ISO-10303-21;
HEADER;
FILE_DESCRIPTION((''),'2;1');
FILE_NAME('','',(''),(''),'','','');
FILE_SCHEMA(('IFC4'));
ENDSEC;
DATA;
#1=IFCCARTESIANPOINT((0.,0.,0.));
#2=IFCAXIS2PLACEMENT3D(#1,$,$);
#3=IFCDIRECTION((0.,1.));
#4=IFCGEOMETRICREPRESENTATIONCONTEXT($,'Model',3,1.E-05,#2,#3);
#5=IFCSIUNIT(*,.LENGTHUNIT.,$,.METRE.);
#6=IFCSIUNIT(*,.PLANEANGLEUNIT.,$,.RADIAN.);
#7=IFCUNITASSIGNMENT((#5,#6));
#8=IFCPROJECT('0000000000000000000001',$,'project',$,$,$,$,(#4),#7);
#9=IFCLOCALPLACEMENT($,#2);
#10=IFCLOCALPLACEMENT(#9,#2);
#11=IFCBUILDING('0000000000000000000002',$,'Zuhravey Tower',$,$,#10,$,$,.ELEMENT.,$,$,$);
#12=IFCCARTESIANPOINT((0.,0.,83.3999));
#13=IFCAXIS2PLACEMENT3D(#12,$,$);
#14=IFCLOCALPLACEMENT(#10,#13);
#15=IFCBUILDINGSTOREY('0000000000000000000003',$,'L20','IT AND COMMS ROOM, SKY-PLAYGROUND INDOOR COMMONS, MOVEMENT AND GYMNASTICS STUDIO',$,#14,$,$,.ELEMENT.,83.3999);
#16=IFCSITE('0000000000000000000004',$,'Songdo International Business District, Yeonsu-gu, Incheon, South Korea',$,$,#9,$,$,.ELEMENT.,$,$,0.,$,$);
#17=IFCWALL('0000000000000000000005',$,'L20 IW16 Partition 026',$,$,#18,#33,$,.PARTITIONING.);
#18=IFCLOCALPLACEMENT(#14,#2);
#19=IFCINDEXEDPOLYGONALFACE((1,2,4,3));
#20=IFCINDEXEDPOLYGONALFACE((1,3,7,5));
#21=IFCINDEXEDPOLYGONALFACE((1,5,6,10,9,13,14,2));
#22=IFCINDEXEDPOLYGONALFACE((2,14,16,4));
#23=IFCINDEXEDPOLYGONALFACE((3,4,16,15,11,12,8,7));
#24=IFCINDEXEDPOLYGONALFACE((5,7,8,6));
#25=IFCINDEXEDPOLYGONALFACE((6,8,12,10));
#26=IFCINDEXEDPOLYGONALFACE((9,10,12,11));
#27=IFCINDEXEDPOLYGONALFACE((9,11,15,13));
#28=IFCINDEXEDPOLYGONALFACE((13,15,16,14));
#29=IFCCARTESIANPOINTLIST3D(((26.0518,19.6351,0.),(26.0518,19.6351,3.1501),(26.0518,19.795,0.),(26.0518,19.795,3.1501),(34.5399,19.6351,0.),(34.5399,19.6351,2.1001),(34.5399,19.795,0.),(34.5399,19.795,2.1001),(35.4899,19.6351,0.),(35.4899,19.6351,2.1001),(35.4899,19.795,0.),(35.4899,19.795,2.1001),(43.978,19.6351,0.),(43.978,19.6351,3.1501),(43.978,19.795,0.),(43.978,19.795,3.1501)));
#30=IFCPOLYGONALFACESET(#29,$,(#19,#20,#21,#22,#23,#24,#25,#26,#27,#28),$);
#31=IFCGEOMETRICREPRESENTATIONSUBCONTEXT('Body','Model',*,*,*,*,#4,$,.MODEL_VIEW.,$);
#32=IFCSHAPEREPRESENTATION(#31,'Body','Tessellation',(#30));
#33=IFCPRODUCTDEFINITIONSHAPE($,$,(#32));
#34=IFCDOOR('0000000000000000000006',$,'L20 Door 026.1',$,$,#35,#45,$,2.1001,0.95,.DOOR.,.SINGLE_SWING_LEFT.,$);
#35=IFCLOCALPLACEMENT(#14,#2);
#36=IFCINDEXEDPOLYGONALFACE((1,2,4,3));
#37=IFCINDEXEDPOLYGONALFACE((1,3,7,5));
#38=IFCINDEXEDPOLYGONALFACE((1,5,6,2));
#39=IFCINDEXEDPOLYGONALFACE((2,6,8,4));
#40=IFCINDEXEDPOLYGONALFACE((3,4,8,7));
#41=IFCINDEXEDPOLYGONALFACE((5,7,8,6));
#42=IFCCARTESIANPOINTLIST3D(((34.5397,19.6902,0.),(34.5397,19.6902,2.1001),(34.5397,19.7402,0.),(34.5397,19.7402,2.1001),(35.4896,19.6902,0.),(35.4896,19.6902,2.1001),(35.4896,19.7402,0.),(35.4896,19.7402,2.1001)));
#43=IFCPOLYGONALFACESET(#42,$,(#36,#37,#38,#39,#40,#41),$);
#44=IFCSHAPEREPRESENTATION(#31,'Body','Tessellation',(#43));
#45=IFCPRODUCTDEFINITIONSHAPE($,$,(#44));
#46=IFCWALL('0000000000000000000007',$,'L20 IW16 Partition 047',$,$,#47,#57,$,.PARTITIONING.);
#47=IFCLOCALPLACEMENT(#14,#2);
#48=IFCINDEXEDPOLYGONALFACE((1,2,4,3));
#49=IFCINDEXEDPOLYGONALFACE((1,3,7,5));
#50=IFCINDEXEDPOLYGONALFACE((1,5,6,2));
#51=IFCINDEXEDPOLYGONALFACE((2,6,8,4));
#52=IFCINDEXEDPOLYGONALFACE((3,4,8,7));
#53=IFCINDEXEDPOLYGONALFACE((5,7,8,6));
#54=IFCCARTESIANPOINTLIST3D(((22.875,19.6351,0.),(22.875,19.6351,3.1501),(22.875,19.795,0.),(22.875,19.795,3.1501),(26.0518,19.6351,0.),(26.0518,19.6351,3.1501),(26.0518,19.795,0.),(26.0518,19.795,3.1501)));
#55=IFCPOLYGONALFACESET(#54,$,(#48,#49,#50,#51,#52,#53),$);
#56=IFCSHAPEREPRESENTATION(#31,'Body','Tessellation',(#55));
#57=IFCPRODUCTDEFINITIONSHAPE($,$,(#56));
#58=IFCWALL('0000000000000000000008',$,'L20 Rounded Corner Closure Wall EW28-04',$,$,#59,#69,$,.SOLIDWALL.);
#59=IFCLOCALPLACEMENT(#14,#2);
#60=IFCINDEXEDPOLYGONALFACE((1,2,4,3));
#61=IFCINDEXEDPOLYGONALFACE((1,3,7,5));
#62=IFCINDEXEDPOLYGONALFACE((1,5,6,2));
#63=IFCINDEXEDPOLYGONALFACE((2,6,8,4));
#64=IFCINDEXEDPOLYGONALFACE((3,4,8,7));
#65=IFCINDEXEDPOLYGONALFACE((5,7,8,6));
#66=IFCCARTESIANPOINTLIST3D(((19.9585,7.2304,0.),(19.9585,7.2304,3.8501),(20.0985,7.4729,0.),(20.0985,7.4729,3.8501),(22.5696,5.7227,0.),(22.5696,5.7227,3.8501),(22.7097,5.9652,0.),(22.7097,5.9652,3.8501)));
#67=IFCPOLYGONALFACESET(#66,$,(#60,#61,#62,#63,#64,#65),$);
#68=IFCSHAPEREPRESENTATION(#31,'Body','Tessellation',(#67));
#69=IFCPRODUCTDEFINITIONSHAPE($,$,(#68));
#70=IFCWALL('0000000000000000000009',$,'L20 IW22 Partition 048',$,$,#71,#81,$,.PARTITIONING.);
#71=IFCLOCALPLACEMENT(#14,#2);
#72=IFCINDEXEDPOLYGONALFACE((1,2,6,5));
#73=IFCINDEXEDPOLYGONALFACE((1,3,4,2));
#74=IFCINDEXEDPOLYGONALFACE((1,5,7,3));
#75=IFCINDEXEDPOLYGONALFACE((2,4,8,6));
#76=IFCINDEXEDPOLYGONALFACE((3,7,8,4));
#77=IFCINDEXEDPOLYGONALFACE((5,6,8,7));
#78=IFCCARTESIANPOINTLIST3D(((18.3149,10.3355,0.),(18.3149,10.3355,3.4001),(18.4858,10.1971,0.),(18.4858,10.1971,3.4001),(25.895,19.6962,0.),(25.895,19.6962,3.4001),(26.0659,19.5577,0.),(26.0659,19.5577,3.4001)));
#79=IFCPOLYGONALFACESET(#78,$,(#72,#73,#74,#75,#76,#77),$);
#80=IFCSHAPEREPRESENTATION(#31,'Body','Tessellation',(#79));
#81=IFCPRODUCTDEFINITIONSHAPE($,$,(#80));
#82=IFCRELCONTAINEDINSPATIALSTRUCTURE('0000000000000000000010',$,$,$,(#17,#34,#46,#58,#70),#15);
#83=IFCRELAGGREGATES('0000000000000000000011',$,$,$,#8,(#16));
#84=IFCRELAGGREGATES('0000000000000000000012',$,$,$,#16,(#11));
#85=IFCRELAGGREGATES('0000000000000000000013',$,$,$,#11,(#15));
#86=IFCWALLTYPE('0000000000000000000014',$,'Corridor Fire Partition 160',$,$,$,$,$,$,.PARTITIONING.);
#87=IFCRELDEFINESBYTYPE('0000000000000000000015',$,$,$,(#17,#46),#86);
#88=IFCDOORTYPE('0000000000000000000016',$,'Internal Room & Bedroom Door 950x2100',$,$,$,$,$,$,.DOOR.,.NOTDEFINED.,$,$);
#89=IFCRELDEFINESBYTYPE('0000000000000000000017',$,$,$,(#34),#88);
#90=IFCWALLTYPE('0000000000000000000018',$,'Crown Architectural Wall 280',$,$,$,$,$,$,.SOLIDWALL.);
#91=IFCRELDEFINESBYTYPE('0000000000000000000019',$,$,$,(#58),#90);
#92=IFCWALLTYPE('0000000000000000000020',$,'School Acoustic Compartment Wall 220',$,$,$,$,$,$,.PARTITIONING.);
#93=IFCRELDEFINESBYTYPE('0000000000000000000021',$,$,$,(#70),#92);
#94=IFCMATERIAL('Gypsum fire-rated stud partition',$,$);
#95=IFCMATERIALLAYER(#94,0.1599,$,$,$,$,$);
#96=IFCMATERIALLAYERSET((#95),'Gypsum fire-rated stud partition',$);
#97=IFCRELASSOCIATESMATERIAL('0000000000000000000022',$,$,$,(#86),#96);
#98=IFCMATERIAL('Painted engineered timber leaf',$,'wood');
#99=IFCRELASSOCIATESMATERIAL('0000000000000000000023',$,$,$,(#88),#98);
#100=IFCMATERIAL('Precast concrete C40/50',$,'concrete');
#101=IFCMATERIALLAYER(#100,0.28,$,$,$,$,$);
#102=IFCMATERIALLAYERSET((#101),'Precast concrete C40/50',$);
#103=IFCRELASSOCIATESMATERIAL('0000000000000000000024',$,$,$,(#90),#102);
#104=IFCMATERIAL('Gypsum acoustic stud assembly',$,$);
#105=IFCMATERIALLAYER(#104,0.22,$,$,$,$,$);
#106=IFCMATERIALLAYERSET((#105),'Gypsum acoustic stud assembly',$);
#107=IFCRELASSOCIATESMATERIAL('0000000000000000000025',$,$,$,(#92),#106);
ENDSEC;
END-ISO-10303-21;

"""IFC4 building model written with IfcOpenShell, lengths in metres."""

from ifc_helpers import new_model, si_unit, direction, frame, frame_2d, origin, place, context, subcontext, project, spatial, rectangle, extrude, material, layer, layer_set, type_object, element, fill, save


model = new_model("IFC4")

# Units and contexts
model_context = context("Model", 3, precision=1e-05, world=origin(), true_north=direction((0.0, 1.0)))
body_context = subcontext(model_context, "Body", "Model", "MODEL_VIEW")
ifc_project = project(units=[si_unit("LENGTHUNIT", "METRE"), si_unit("PLANEANGLEUNIT", "RADIAN")], contexts=[model_context])

# Site, building, storey
site_placement = place(None, origin())
site = spatial("IfcSite", under=ifc_project, at=site_placement, Name="Songdo International Business District, Yeonsu-gu, Incheon, South Korea", CompositionType="ELEMENT", RefElevation=0.0)
building_placement = place(site_placement, origin())
building = spatial("IfcBuilding", under=site, at=building_placement, Name="Zuhravey Tower", CompositionType="ELEMENT")
storey_placement = place(building_placement, frame((0.0, 0.0, 83.3999)))
storey = spatial("IfcBuildingStorey", under=building, at=storey_placement, Name="L20", Description="IT AND COMMS ROOM, SKY-PLAYGROUND INDOOR COMMONS, MOVEMENT AND GYMNASTICS STUDIO", CompositionType="ELEMENT", Elevation=83.3999)

# Wall, opening, door
ifc_material_1 = material(Name="Gypsum fire-rated stud partition")
ifc_layer_1 = layer(ifc_material_1, 0.1599)
ifc_layer_set_1 = layer_set([ifc_layer_1], Name="Gypsum fire-rated stud partition")
wall_type_1 = type_object("IfcWallType", Name="Corridor Fire Partition 160", PredefinedType="PARTITIONING", material=ifc_layer_set_1)
wall_1_placement = place(storey_placement, frame((26.0518, 19.7151, 0.0), z_axis=(0.0, 0.0, 1.0), x_axis=(1.0, 0.0, 0.0)))
wall_1 = element("IfcWall", 1, at=wall_1_placement, inside=storey, type_object=wall_type_1, Name="L20 IW16 Partition 026", PredefinedType="PARTITIONING", context=body_context, shape_type="SweptSolid", body=[
    extrude(rectangle(XDim=17.9263, YDim=0.1599, at=frame_2d((8.9631, 0.0))), origin(), (0.0, 0.0, 1.0), 3.1501),
])
opening_placement = place(wall_1_placement, frame((8.488, 0.0, 0.0)))
opening = element("IfcOpeningElement", 2, at=opening_placement, cuts=wall_1, PredefinedType="OPENING", context=body_context, shape_type="SweptSolid", body=[
    extrude(rectangle(XDim=0.95, YDim=2.1001, at=frame_2d((0.4751, 1.05))), frame((0.0, 0.092, 0.0), z_axis=(0.0, -1.0, 0.0), x_axis=(1.0, 0.0, 0.0)), (0.0, 0.0, 1.0), 0.1838),
])
ifc_material_2 = material(Name="Painted engineered timber leaf", Category="wood")
door_type = type_object("IfcDoorType", Name="Internal Room & Bedroom Door 950x2100", OperationType="NOTDEFINED", PredefinedType="DOOR", material=ifc_material_2)
door_placement = place(opening_placement, frame((0.95, 0.0, 0.0), z_axis=(0.0, 0.0, 1.0), x_axis=(-1.0, 0.0, 0.0)))
door = element("IfcDoor", 3, at=door_placement, inside=storey, type_object=door_type, Name="L20 Door 026.1", OperationType="SINGLE_SWING_LEFT", OverallHeight=2.1001, OverallWidth=0.95, PredefinedType="DOOR", context=body_context, shape_type="SweptSolid", body=[
    extrude(rectangle(XDim=0.95, YDim=2.1001, at=frame_2d((0.4751, 1.05))), frame((0.0, 0.0249, 0.0), z_axis=(0.0, -1.0, 0.0), x_axis=(1.0, 0.0, 0.0)), (0.0, 0.0, 1.0), 0.05),
])
fill(opening, door)

# Walls
wall_2_placement = place(storey_placement, frame((22.875, 19.7151, 0.0), z_axis=(0.0, 0.0, 1.0), x_axis=(1.0, 0.0, 0.0)))
element("IfcWall", 4, at=wall_2_placement, inside=storey, type_object=wall_type_1, Name="L20 IW16 Partition 047", PredefinedType="PARTITIONING", context=body_context, shape_type="SweptSolid", body=[
    extrude(rectangle(XDim=3.1768, YDim=0.1599, at=frame_2d((1.5884, 0.0))), origin(), (0.0, 0.0, 1.0), 3.1501),
])
ifc_material_3 = material(Name="Precast concrete C40/50", Category="concrete")
ifc_layer_2 = layer(ifc_material_3, 0.28)
ifc_layer_set_2 = layer_set([ifc_layer_2], Name="Precast concrete C40/50")
wall_type_2 = type_object("IfcWallType", Name="Crown Architectural Wall 280", PredefinedType="SOLIDWALL", material=ifc_layer_set_2)
wall_3_placement = place(storey_placement, frame((22.6396, 5.844, 0.0), z_axis=(0.0, 0.0, 1.0), x_axis=(-0.866017, 0.500015, 0.0)))
element("IfcWall", 5, at=wall_3_placement, inside=storey, type_object=wall_type_2, Name="L20 Rounded Corner Closure Wall EW28-04", PredefinedType="SOLIDWALL", context=body_context, shape_type="SweptSolid", body=[
    extrude(rectangle(XDim=3.0151, YDim=0.28, at=frame_2d((1.5076, 0.0))), origin(), (0.0, 0.0, 1.0), 3.8501),
])
ifc_material_4 = material(Name="Gypsum acoustic stud assembly")
ifc_layer_3 = layer(ifc_material_4, 0.22)
ifc_layer_set_3 = layer_set([ifc_layer_3], Name="Gypsum acoustic stud assembly")
wall_type_3 = type_object("IfcWallType", Name="School Acoustic Compartment Wall 220", PredefinedType="PARTITIONING", material=ifc_layer_set_3)
wall_4_placement = place(storey_placement, frame((25.9805, 19.627, 0.0), z_axis=(0.0, 0.0, 1.0), x_axis=(-0.629321, -0.777145, 0.0)))
element("IfcWall", 6, at=wall_4_placement, inside=storey, type_object=wall_type_3, Name="L20 IW22 Partition 048", PredefinedType="PARTITIONING", context=body_context, shape_type="SweptSolid", body=[
    extrude(rectangle(XDim=12.0449, YDim=0.22, at=frame_2d((6.0225, 0.0))), origin(), (0.0, 0.0, 1.0), 3.4001),
])

save(model, "model.ifc")
